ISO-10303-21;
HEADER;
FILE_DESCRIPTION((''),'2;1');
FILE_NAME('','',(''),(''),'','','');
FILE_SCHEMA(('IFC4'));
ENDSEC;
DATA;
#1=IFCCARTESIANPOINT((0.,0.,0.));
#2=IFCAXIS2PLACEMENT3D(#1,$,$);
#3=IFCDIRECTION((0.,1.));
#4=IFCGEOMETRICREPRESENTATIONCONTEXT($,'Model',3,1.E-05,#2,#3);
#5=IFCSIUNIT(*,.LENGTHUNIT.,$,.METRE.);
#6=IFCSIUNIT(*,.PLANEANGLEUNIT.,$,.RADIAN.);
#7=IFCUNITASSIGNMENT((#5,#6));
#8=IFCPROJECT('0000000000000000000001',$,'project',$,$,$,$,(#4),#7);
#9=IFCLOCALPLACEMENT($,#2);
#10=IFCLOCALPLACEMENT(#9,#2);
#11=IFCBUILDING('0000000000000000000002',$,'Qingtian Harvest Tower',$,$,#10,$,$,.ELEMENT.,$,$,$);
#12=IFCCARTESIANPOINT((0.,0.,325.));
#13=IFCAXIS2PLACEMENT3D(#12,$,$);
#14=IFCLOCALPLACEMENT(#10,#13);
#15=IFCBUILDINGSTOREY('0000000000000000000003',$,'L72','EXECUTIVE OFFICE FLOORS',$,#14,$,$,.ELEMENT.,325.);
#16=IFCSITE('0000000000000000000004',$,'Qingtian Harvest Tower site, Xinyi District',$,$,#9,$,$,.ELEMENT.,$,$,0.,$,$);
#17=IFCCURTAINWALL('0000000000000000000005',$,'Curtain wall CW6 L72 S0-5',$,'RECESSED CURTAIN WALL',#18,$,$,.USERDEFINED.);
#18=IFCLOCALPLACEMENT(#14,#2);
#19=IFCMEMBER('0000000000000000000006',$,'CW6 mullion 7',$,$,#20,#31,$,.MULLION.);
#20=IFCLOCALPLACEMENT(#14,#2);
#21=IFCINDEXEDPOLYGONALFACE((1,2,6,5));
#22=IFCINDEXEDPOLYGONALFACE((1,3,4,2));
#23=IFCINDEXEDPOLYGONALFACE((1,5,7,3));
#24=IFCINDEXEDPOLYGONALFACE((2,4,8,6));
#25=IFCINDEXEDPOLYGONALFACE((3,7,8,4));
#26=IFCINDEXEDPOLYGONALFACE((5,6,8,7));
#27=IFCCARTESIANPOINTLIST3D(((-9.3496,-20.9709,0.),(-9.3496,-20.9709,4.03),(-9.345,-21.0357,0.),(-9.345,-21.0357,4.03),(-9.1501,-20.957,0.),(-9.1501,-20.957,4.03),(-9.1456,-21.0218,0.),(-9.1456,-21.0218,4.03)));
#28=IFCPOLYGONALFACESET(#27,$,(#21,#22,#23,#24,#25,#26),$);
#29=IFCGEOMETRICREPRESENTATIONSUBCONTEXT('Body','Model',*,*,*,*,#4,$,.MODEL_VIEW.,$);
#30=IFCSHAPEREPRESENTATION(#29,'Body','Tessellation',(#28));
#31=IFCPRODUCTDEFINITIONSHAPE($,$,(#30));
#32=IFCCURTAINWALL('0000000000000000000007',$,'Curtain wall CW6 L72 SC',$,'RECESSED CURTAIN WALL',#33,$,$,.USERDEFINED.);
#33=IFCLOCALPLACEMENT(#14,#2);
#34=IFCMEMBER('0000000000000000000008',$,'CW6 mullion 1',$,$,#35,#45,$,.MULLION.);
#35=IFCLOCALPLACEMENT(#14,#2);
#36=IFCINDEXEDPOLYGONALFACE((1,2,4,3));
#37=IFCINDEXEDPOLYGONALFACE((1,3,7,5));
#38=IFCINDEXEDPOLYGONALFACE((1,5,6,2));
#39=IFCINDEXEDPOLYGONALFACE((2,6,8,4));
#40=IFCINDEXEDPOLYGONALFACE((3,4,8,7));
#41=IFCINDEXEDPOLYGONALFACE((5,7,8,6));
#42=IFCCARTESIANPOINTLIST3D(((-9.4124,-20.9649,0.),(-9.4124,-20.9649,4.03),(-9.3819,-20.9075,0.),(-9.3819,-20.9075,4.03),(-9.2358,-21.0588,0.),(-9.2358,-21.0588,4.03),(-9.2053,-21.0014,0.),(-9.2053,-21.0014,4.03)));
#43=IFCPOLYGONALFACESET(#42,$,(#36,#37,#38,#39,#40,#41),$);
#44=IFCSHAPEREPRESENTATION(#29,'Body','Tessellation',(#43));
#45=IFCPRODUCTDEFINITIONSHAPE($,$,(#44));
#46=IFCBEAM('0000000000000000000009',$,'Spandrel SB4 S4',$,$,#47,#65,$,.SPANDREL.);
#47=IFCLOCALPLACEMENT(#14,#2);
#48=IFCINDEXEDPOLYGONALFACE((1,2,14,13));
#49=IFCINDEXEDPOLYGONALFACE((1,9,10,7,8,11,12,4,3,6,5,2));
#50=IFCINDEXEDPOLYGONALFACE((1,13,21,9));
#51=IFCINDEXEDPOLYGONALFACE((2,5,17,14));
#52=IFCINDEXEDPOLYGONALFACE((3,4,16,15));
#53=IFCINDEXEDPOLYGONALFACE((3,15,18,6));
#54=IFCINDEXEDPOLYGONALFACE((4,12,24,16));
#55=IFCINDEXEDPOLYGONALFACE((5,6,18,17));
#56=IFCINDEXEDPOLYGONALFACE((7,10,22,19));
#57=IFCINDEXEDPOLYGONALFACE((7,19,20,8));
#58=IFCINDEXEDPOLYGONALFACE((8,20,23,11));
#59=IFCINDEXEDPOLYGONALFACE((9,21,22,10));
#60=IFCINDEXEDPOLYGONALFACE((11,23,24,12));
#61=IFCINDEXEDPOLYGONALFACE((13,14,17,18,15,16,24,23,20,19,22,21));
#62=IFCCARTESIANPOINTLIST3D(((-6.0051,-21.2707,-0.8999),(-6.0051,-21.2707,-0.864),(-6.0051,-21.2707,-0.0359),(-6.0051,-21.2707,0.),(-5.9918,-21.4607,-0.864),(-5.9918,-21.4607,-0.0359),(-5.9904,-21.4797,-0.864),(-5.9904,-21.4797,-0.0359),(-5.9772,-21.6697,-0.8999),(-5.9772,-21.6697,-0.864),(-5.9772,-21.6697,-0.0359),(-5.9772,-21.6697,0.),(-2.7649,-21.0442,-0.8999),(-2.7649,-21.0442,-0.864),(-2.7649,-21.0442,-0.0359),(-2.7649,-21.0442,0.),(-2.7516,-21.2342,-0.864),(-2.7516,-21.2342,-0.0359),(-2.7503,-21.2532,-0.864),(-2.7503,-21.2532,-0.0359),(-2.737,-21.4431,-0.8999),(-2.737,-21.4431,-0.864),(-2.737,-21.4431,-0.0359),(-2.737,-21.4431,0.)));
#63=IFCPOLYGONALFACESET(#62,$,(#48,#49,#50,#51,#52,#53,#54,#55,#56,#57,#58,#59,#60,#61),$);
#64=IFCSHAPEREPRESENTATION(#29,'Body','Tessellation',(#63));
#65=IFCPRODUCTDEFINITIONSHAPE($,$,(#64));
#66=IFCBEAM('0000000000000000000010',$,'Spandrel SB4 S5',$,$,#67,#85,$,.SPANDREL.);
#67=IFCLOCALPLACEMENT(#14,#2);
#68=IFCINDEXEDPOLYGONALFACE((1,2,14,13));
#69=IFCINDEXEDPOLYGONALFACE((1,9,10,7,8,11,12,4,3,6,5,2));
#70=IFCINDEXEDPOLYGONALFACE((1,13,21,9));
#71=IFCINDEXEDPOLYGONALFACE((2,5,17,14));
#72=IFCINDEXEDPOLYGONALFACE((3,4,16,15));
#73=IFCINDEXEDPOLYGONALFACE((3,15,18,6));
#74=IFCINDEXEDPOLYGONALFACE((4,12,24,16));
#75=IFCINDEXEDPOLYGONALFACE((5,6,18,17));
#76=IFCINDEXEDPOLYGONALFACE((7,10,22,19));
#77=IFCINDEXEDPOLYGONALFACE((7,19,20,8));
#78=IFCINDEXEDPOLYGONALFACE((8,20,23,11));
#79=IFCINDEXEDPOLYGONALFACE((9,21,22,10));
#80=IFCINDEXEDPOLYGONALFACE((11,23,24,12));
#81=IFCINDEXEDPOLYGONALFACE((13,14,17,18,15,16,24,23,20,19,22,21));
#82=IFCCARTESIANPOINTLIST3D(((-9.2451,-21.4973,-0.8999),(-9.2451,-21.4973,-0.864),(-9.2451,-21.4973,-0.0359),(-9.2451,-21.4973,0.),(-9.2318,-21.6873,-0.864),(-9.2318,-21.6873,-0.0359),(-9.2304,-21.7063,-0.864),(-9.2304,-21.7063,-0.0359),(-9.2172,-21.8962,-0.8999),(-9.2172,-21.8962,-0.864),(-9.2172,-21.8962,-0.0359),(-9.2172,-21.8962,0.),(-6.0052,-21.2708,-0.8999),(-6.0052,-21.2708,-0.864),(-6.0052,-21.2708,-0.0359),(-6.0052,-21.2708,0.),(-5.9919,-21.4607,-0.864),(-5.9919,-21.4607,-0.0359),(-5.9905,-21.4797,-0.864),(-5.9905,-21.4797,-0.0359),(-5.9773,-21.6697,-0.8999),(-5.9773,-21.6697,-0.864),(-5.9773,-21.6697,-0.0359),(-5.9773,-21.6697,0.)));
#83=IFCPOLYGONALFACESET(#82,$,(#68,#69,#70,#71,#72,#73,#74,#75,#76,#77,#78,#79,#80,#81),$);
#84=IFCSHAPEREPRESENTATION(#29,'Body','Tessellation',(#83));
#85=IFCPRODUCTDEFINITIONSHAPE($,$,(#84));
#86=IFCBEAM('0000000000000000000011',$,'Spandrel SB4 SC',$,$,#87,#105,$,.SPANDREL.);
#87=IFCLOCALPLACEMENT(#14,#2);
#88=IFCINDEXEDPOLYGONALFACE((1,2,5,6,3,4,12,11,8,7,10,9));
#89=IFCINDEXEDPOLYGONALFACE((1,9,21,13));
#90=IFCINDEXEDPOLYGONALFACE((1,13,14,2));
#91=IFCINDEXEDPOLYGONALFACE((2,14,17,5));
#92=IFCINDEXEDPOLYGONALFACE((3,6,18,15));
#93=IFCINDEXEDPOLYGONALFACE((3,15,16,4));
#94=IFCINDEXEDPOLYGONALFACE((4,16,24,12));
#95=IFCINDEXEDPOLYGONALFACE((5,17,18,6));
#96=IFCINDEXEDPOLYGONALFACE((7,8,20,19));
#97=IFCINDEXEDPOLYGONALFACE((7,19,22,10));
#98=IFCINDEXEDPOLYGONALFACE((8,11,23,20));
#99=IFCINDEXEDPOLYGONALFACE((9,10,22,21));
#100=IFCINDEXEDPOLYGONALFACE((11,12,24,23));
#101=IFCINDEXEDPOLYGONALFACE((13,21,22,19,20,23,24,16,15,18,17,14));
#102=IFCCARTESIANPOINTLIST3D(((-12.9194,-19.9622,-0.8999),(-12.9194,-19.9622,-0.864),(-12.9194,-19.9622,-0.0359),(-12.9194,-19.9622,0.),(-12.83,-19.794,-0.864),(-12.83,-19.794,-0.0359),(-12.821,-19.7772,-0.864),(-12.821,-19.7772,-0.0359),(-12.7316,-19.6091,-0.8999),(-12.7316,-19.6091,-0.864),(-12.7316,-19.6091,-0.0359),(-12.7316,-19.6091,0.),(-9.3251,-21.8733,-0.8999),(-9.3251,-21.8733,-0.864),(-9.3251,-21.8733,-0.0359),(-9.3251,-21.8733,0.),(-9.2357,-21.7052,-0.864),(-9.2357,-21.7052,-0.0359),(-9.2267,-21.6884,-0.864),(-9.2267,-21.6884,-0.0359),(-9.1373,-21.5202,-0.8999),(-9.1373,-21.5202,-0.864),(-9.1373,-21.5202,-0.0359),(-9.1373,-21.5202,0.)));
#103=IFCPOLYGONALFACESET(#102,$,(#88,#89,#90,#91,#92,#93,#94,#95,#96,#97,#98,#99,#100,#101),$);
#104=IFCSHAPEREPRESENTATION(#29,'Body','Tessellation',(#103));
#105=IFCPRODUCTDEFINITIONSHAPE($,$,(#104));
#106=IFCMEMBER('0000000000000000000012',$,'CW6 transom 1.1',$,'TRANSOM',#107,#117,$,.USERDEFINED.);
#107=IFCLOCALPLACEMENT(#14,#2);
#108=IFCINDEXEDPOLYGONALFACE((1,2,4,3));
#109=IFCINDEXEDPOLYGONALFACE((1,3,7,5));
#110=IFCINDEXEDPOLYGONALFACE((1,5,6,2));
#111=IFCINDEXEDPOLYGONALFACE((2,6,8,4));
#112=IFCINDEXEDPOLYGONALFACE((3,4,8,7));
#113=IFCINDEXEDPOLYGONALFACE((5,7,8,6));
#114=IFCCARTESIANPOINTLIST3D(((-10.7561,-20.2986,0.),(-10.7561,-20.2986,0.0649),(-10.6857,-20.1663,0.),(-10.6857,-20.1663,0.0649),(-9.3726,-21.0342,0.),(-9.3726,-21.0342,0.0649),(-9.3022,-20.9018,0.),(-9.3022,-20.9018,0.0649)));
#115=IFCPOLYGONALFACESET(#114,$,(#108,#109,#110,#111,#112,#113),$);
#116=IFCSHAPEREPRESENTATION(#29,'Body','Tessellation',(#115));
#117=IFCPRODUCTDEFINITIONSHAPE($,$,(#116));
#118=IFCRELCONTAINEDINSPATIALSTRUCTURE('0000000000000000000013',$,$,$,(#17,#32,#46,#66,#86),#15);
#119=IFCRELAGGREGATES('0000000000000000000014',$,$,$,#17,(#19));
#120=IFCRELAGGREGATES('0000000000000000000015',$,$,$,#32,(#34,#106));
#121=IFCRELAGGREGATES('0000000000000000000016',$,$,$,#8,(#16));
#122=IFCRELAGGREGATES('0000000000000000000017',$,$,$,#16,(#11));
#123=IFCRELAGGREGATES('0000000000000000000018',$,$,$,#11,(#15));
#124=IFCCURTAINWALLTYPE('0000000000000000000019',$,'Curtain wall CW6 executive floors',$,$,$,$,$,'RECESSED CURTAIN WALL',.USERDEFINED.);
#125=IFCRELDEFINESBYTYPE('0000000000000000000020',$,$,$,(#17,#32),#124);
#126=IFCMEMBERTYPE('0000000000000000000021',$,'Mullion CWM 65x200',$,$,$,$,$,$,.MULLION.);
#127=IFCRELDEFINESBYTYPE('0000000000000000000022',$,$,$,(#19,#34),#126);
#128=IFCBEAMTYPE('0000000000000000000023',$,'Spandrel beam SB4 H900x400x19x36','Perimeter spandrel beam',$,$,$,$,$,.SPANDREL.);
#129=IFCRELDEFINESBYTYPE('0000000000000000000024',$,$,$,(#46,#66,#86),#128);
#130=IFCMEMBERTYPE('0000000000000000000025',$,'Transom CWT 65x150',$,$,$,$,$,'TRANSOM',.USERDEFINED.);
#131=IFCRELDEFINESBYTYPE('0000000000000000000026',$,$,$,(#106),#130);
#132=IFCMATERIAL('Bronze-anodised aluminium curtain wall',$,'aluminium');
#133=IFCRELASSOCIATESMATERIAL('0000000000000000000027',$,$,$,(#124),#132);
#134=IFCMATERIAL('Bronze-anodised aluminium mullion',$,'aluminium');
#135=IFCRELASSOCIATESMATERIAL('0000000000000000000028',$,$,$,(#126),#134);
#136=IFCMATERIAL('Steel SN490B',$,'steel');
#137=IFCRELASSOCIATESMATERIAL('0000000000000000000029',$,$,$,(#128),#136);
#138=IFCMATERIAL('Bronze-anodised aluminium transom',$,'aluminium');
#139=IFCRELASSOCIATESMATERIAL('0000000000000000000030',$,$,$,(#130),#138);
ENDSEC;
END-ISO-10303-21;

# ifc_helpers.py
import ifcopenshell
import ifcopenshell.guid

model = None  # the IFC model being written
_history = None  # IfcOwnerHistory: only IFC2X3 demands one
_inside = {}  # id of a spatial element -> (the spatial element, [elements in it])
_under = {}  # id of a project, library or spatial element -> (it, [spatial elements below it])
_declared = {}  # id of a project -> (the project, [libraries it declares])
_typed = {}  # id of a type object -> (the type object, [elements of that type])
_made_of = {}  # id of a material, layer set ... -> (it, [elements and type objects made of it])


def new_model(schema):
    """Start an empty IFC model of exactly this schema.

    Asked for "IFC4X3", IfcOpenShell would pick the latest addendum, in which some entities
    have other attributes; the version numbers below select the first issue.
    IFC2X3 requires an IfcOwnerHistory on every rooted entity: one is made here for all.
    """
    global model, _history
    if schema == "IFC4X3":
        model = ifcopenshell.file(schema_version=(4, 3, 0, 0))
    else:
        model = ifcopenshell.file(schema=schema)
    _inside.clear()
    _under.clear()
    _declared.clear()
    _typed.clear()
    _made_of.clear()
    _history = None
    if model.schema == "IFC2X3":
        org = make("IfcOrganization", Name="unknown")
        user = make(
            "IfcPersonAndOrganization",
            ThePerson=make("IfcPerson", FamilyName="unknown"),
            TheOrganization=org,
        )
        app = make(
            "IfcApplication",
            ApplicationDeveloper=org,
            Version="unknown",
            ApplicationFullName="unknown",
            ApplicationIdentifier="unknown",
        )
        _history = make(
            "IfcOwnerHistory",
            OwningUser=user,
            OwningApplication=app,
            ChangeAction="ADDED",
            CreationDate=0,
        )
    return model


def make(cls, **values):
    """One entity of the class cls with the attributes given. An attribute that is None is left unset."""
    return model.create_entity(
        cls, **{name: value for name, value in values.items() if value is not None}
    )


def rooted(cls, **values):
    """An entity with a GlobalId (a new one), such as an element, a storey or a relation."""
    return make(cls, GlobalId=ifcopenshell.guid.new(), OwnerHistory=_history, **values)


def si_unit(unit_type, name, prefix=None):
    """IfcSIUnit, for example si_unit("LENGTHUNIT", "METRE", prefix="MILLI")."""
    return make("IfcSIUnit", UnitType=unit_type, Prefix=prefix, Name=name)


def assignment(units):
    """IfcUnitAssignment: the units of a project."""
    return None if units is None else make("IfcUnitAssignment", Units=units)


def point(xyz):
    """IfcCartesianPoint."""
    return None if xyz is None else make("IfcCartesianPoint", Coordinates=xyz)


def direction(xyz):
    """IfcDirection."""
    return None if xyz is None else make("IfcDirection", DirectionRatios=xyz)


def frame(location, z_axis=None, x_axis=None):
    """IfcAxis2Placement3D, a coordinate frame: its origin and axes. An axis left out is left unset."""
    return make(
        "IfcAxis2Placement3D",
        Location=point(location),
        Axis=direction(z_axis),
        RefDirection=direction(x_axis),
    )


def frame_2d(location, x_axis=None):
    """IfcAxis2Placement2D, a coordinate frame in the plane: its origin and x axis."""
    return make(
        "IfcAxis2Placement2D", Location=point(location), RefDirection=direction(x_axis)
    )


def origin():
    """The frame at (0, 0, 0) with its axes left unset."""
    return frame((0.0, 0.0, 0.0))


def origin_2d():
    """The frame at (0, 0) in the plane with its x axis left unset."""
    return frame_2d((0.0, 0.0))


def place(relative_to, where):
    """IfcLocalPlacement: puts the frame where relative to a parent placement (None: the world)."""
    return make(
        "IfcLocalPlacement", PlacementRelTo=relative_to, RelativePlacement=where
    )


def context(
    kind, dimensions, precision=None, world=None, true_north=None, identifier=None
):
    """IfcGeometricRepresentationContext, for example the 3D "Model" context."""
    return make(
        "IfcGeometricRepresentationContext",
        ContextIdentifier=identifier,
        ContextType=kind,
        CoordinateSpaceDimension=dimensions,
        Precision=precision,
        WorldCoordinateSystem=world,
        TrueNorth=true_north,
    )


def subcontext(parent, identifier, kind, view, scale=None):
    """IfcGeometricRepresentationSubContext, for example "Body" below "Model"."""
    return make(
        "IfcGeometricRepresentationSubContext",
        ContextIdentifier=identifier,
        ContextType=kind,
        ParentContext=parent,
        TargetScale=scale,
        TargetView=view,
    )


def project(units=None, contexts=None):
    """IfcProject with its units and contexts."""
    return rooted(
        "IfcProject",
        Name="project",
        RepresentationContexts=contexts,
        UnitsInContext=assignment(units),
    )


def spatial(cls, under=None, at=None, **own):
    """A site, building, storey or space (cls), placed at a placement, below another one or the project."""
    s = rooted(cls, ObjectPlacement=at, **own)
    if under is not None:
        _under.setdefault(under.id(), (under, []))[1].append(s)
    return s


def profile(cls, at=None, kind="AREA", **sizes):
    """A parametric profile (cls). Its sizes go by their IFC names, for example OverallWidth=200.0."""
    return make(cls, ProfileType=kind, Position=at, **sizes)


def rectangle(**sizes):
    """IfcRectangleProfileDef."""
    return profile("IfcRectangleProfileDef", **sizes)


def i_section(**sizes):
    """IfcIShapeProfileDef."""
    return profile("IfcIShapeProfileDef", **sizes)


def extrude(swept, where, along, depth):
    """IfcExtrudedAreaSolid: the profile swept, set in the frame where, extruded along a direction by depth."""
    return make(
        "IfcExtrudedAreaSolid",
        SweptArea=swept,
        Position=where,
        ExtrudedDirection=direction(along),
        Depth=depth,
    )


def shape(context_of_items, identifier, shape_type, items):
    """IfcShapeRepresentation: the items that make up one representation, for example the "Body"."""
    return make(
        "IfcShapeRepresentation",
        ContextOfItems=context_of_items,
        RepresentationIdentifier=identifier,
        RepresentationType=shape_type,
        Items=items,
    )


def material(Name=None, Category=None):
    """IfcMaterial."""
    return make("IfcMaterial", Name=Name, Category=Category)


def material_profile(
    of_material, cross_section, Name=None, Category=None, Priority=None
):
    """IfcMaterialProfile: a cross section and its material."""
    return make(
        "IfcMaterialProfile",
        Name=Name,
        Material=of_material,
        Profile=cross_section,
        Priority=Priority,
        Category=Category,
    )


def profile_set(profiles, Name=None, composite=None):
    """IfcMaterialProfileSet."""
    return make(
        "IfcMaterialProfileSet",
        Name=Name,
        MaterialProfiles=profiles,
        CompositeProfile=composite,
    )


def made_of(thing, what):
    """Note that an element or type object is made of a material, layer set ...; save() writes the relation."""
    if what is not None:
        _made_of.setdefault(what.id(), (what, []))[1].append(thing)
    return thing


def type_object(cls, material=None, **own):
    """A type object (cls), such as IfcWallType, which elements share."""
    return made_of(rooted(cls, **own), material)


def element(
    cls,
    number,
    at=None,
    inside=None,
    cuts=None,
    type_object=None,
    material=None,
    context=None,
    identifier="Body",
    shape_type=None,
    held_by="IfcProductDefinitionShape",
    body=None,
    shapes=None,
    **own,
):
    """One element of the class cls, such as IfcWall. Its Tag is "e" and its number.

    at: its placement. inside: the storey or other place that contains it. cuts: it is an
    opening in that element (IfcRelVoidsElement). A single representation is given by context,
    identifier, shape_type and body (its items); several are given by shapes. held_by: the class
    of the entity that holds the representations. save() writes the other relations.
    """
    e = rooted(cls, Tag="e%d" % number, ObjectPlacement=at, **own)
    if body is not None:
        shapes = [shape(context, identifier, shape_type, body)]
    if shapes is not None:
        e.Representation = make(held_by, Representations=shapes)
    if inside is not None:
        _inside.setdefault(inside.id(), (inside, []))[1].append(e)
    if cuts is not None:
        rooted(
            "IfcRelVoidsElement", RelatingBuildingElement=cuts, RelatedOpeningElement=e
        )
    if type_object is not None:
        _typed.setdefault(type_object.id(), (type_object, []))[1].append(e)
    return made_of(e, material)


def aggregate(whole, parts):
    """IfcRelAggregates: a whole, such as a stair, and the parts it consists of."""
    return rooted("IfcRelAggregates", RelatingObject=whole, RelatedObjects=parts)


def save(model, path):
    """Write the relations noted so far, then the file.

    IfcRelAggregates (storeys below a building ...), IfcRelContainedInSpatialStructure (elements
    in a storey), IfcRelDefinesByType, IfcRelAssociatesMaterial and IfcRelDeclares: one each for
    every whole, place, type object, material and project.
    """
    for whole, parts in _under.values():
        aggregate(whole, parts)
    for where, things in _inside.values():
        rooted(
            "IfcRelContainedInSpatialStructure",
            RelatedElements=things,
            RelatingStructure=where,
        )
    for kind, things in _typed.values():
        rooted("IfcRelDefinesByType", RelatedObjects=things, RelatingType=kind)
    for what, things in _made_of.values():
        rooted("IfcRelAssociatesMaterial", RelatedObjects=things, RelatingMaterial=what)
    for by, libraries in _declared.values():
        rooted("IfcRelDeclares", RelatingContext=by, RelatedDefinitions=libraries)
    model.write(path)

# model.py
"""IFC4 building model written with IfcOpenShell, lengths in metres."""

from ifc_helpers import new_model, si_unit, direction, frame, origin, origin_2d, place, context, subcontext, project, spatial, rectangle, i_section, extrude, material, material_profile, profile_set, type_object, element, aggregate, save


model = new_model("IFC4")

# Units and contexts
model_context = context("Model", 3, precision=1e-05, world=origin(), true_north=direction((0.0, 1.0)))
body_context = subcontext(model_context, "Body", "Model", "MODEL_VIEW")
ifc_project = project(units=[si_unit("LENGTHUNIT", "METRE"), si_unit("PLANEANGLEUNIT", "RADIAN")], contexts=[model_context])

# Site, building, storey
site_placement = place(None, origin())
site = spatial("IfcSite", under=ifc_project, at=site_placement, Name="Qingtian Harvest Tower site, Xinyi District", CompositionType="ELEMENT", RefElevation=0.0)
building_placement = place(site_placement, origin())
building = spatial("IfcBuilding", under=site, at=building_placement, Name="Qingtian Harvest Tower", CompositionType="ELEMENT")
storey_placement = place(building_placement, frame((0.0, 0.0, 325.0)))
storey = spatial("IfcBuildingStorey", under=building, at=storey_placement, Name="L72", Description="EXECUTIVE OFFICE FLOORS", CompositionType="ELEMENT", Elevation=325.0)

# Curtain walls, members
ifc_material_1 = material(Name="Bronze-anodised aluminium curtain wall", Category="aluminium")
curtain_wall_type = type_object("IfcCurtainWallType", Name="Curtain wall CW6 executive floors", ElementType="RECESSED CURTAIN WALL", PredefinedType="USERDEFINED", material=ifc_material_1)
curtain_wall_1_placement = place(storey_placement, origin())
curtain_wall_1 = element("IfcCurtainWall", 1, at=curtain_wall_1_placement, inside=storey, type_object=curtain_wall_type, Name="Curtain wall CW6 L72 S0-5", ObjectType="RECESSED CURTAIN WALL", PredefinedType="USERDEFINED")
ifc_material_2 = material(Name="Bronze-anodised aluminium mullion", Category="aluminium")
ifc_material_profile_1 = material_profile(ifc_material_2, rectangle(XDim=0.0649, YDim=0.2, at=origin_2d()), Name="AL 65x200")
ifc_profile_set_1 = profile_set([ifc_material_profile_1], Name="Bronze-anodised aluminium mullion")
member_type_1 = type_object("IfcMemberType", Name="Mullion CWM 65x200", PredefinedType="MULLION", material=ifc_profile_set_1)
member_1_placement = place(storey_placement, frame((-9.2476, -20.9963, 0.0), z_axis=(0.0, 0.0, 1.0), x_axis=(0.069756, -0.997564, 0.0)))
member_1 = element("IfcMember", 2, at=member_1_placement, type_object=member_type_1, Name="CW6 mullion 7", PredefinedType="MULLION", context=body_context, shape_type="SweptSolid", body=[
    extrude(rectangle(XDim=0.0649, YDim=0.2, at=origin_2d()), origin(), (0.0, 0.0, 1.0), 4.03),
])
aggregate(curtain_wall_1, [member_1])
curtain_wall_2_placement = place(storey_placement, origin())
curtain_wall_2 = element("IfcCurtainWall", 3, at=curtain_wall_2_placement, inside=storey, type_object=curtain_wall_type, Name="Curtain wall CW6 L72 SC", ObjectType="RECESSED CURTAIN WALL", PredefinedType="USERDEFINED")
member_2_placement = place(storey_placement, frame((-9.3088, -20.9832, 0.0), z_axis=(0.0, 0.0, 1.0), x_axis=(-0.469472, -0.882948, 0.0)))
member_2 = element("IfcMember", 4, at=member_2_placement, type_object=member_type_1, Name="CW6 mullion 1", PredefinedType="MULLION", context=body_context, shape_type="SweptSolid", body=[
    extrude(rectangle(XDim=0.0649, YDim=0.2, at=origin_2d()), origin(), (0.0, 0.0, 1.0), 4.03),
])

# Beams
ifc_material_3 = material(Name="Steel SN490B", Category="steel")
ifc_material_profile_2 = material_profile(ifc_material_3, i_section(OverallWidth=0.3999, OverallDepth=0.8999, WebThickness=0.019, FlangeThickness=0.0359, at=origin_2d()), Name="H900x400x19x36")
ifc_profile_set_2 = profile_set([ifc_material_profile_2], Name="Steel SN490B")
beam_type_1 = type_object("IfcBeamType", Name="Spandrel beam SB4 H900x400x19x36", Description="Perimeter spandrel beam", PredefinedType="SPANDREL", material=ifc_profile_set_2)
beam_1_placement = place(storey_placement, frame((-2.751, -21.2437, -0.45), z_axis=(-0.997564, -0.069751, 0.0), x_axis=(0.069751, -0.997564, 0.0)))
element("IfcBeam", 5, at=beam_1_placement, inside=storey, type_object=beam_type_1, Name="Spandrel SB4 S4", PredefinedType="SPANDREL", context=body_context, shape_type="SweptSolid", body=[
    extrude(i_section(OverallWidth=0.3999, OverallDepth=0.8999, WebThickness=0.019, FlangeThickness=0.0359, at=origin_2d()), origin(), (0.0, 0.0, 1.0), 3.248),
])
beam_2_placement = place(storey_placement, frame((-5.9912, -21.4702, -0.45), z_axis=(-0.997564, -0.069757, 0.0), x_axis=(0.069757, -0.997564, 0.0)))
element("IfcBeam", 6, at=beam_2_placement, inside=storey, type_object=beam_type_1, Name="Spandrel SB4 S5", PredefinedType="SPANDREL", context=body_context, shape_type="SweptSolid", body=[
    extrude(i_section(OverallWidth=0.3999, OverallDepth=0.8999, WebThickness=0.019, FlangeThickness=0.0359, at=origin_2d()), origin(), (0.0, 0.0, 1.0), 3.2478),
])
beam_3_placement = place(storey_placement, frame((-9.2312, -21.6968, -0.45), z_axis=(-0.882943, 0.46948, 0.0), x_axis=(-0.46948, -0.882943, 0.0)))
element("IfcBeam", 7, at=beam_3_placement, inside=storey, type_object=beam_type_1, Name="Spandrel SB4 SC", PredefinedType="SPANDREL", context=body_context, shape_type="SweptSolid", body=[
    extrude(i_section(OverallWidth=0.3999, OverallDepth=0.8999, WebThickness=0.019, FlangeThickness=0.0359, at=origin_2d()), origin(), (0.0, 0.0, 1.0), 4.0708),
])

# Member
ifc_material_4 = material(Name="Bronze-anodised aluminium transom", Category="aluminium")
ifc_material_profile_3 = material_profile(ifc_material_4, rectangle(XDim=0.1499, YDim=0.0649, at=origin_2d()), Name="AL 65x150")
ifc_profile_set_3 = profile_set([ifc_material_profile_3], Name="Bronze-anodised aluminium transom")
member_type_2 = type_object("IfcMemberType", Name="Transom CWT 65x150", ElementType="TRANSOM", PredefinedType="USERDEFINED", material=ifc_profile_set_3)
member_3_placement = place(storey_placement, frame((-9.3374, -20.968, 0.0325), z_axis=(-0.88296, 0.469448, 0.0), x_axis=(-0.469448, -0.88296, 0.0)))
member_3 = element("IfcMember", 8, at=member_3_placement, type_object=member_type_2, Name="CW6 transom 1.1", ObjectType="TRANSOM", PredefinedType="USERDEFINED", context=body_context, shape_type="SweptSolid", body=[
    extrude(rectangle(XDim=0.1499, YDim=0.0649, at=origin_2d()), origin(), (0.0, 0.0, 1.0), 1.5669),
])
aggregate(curtain_wall_2, [member_2, member_3])

save(model, "model.ifc")
